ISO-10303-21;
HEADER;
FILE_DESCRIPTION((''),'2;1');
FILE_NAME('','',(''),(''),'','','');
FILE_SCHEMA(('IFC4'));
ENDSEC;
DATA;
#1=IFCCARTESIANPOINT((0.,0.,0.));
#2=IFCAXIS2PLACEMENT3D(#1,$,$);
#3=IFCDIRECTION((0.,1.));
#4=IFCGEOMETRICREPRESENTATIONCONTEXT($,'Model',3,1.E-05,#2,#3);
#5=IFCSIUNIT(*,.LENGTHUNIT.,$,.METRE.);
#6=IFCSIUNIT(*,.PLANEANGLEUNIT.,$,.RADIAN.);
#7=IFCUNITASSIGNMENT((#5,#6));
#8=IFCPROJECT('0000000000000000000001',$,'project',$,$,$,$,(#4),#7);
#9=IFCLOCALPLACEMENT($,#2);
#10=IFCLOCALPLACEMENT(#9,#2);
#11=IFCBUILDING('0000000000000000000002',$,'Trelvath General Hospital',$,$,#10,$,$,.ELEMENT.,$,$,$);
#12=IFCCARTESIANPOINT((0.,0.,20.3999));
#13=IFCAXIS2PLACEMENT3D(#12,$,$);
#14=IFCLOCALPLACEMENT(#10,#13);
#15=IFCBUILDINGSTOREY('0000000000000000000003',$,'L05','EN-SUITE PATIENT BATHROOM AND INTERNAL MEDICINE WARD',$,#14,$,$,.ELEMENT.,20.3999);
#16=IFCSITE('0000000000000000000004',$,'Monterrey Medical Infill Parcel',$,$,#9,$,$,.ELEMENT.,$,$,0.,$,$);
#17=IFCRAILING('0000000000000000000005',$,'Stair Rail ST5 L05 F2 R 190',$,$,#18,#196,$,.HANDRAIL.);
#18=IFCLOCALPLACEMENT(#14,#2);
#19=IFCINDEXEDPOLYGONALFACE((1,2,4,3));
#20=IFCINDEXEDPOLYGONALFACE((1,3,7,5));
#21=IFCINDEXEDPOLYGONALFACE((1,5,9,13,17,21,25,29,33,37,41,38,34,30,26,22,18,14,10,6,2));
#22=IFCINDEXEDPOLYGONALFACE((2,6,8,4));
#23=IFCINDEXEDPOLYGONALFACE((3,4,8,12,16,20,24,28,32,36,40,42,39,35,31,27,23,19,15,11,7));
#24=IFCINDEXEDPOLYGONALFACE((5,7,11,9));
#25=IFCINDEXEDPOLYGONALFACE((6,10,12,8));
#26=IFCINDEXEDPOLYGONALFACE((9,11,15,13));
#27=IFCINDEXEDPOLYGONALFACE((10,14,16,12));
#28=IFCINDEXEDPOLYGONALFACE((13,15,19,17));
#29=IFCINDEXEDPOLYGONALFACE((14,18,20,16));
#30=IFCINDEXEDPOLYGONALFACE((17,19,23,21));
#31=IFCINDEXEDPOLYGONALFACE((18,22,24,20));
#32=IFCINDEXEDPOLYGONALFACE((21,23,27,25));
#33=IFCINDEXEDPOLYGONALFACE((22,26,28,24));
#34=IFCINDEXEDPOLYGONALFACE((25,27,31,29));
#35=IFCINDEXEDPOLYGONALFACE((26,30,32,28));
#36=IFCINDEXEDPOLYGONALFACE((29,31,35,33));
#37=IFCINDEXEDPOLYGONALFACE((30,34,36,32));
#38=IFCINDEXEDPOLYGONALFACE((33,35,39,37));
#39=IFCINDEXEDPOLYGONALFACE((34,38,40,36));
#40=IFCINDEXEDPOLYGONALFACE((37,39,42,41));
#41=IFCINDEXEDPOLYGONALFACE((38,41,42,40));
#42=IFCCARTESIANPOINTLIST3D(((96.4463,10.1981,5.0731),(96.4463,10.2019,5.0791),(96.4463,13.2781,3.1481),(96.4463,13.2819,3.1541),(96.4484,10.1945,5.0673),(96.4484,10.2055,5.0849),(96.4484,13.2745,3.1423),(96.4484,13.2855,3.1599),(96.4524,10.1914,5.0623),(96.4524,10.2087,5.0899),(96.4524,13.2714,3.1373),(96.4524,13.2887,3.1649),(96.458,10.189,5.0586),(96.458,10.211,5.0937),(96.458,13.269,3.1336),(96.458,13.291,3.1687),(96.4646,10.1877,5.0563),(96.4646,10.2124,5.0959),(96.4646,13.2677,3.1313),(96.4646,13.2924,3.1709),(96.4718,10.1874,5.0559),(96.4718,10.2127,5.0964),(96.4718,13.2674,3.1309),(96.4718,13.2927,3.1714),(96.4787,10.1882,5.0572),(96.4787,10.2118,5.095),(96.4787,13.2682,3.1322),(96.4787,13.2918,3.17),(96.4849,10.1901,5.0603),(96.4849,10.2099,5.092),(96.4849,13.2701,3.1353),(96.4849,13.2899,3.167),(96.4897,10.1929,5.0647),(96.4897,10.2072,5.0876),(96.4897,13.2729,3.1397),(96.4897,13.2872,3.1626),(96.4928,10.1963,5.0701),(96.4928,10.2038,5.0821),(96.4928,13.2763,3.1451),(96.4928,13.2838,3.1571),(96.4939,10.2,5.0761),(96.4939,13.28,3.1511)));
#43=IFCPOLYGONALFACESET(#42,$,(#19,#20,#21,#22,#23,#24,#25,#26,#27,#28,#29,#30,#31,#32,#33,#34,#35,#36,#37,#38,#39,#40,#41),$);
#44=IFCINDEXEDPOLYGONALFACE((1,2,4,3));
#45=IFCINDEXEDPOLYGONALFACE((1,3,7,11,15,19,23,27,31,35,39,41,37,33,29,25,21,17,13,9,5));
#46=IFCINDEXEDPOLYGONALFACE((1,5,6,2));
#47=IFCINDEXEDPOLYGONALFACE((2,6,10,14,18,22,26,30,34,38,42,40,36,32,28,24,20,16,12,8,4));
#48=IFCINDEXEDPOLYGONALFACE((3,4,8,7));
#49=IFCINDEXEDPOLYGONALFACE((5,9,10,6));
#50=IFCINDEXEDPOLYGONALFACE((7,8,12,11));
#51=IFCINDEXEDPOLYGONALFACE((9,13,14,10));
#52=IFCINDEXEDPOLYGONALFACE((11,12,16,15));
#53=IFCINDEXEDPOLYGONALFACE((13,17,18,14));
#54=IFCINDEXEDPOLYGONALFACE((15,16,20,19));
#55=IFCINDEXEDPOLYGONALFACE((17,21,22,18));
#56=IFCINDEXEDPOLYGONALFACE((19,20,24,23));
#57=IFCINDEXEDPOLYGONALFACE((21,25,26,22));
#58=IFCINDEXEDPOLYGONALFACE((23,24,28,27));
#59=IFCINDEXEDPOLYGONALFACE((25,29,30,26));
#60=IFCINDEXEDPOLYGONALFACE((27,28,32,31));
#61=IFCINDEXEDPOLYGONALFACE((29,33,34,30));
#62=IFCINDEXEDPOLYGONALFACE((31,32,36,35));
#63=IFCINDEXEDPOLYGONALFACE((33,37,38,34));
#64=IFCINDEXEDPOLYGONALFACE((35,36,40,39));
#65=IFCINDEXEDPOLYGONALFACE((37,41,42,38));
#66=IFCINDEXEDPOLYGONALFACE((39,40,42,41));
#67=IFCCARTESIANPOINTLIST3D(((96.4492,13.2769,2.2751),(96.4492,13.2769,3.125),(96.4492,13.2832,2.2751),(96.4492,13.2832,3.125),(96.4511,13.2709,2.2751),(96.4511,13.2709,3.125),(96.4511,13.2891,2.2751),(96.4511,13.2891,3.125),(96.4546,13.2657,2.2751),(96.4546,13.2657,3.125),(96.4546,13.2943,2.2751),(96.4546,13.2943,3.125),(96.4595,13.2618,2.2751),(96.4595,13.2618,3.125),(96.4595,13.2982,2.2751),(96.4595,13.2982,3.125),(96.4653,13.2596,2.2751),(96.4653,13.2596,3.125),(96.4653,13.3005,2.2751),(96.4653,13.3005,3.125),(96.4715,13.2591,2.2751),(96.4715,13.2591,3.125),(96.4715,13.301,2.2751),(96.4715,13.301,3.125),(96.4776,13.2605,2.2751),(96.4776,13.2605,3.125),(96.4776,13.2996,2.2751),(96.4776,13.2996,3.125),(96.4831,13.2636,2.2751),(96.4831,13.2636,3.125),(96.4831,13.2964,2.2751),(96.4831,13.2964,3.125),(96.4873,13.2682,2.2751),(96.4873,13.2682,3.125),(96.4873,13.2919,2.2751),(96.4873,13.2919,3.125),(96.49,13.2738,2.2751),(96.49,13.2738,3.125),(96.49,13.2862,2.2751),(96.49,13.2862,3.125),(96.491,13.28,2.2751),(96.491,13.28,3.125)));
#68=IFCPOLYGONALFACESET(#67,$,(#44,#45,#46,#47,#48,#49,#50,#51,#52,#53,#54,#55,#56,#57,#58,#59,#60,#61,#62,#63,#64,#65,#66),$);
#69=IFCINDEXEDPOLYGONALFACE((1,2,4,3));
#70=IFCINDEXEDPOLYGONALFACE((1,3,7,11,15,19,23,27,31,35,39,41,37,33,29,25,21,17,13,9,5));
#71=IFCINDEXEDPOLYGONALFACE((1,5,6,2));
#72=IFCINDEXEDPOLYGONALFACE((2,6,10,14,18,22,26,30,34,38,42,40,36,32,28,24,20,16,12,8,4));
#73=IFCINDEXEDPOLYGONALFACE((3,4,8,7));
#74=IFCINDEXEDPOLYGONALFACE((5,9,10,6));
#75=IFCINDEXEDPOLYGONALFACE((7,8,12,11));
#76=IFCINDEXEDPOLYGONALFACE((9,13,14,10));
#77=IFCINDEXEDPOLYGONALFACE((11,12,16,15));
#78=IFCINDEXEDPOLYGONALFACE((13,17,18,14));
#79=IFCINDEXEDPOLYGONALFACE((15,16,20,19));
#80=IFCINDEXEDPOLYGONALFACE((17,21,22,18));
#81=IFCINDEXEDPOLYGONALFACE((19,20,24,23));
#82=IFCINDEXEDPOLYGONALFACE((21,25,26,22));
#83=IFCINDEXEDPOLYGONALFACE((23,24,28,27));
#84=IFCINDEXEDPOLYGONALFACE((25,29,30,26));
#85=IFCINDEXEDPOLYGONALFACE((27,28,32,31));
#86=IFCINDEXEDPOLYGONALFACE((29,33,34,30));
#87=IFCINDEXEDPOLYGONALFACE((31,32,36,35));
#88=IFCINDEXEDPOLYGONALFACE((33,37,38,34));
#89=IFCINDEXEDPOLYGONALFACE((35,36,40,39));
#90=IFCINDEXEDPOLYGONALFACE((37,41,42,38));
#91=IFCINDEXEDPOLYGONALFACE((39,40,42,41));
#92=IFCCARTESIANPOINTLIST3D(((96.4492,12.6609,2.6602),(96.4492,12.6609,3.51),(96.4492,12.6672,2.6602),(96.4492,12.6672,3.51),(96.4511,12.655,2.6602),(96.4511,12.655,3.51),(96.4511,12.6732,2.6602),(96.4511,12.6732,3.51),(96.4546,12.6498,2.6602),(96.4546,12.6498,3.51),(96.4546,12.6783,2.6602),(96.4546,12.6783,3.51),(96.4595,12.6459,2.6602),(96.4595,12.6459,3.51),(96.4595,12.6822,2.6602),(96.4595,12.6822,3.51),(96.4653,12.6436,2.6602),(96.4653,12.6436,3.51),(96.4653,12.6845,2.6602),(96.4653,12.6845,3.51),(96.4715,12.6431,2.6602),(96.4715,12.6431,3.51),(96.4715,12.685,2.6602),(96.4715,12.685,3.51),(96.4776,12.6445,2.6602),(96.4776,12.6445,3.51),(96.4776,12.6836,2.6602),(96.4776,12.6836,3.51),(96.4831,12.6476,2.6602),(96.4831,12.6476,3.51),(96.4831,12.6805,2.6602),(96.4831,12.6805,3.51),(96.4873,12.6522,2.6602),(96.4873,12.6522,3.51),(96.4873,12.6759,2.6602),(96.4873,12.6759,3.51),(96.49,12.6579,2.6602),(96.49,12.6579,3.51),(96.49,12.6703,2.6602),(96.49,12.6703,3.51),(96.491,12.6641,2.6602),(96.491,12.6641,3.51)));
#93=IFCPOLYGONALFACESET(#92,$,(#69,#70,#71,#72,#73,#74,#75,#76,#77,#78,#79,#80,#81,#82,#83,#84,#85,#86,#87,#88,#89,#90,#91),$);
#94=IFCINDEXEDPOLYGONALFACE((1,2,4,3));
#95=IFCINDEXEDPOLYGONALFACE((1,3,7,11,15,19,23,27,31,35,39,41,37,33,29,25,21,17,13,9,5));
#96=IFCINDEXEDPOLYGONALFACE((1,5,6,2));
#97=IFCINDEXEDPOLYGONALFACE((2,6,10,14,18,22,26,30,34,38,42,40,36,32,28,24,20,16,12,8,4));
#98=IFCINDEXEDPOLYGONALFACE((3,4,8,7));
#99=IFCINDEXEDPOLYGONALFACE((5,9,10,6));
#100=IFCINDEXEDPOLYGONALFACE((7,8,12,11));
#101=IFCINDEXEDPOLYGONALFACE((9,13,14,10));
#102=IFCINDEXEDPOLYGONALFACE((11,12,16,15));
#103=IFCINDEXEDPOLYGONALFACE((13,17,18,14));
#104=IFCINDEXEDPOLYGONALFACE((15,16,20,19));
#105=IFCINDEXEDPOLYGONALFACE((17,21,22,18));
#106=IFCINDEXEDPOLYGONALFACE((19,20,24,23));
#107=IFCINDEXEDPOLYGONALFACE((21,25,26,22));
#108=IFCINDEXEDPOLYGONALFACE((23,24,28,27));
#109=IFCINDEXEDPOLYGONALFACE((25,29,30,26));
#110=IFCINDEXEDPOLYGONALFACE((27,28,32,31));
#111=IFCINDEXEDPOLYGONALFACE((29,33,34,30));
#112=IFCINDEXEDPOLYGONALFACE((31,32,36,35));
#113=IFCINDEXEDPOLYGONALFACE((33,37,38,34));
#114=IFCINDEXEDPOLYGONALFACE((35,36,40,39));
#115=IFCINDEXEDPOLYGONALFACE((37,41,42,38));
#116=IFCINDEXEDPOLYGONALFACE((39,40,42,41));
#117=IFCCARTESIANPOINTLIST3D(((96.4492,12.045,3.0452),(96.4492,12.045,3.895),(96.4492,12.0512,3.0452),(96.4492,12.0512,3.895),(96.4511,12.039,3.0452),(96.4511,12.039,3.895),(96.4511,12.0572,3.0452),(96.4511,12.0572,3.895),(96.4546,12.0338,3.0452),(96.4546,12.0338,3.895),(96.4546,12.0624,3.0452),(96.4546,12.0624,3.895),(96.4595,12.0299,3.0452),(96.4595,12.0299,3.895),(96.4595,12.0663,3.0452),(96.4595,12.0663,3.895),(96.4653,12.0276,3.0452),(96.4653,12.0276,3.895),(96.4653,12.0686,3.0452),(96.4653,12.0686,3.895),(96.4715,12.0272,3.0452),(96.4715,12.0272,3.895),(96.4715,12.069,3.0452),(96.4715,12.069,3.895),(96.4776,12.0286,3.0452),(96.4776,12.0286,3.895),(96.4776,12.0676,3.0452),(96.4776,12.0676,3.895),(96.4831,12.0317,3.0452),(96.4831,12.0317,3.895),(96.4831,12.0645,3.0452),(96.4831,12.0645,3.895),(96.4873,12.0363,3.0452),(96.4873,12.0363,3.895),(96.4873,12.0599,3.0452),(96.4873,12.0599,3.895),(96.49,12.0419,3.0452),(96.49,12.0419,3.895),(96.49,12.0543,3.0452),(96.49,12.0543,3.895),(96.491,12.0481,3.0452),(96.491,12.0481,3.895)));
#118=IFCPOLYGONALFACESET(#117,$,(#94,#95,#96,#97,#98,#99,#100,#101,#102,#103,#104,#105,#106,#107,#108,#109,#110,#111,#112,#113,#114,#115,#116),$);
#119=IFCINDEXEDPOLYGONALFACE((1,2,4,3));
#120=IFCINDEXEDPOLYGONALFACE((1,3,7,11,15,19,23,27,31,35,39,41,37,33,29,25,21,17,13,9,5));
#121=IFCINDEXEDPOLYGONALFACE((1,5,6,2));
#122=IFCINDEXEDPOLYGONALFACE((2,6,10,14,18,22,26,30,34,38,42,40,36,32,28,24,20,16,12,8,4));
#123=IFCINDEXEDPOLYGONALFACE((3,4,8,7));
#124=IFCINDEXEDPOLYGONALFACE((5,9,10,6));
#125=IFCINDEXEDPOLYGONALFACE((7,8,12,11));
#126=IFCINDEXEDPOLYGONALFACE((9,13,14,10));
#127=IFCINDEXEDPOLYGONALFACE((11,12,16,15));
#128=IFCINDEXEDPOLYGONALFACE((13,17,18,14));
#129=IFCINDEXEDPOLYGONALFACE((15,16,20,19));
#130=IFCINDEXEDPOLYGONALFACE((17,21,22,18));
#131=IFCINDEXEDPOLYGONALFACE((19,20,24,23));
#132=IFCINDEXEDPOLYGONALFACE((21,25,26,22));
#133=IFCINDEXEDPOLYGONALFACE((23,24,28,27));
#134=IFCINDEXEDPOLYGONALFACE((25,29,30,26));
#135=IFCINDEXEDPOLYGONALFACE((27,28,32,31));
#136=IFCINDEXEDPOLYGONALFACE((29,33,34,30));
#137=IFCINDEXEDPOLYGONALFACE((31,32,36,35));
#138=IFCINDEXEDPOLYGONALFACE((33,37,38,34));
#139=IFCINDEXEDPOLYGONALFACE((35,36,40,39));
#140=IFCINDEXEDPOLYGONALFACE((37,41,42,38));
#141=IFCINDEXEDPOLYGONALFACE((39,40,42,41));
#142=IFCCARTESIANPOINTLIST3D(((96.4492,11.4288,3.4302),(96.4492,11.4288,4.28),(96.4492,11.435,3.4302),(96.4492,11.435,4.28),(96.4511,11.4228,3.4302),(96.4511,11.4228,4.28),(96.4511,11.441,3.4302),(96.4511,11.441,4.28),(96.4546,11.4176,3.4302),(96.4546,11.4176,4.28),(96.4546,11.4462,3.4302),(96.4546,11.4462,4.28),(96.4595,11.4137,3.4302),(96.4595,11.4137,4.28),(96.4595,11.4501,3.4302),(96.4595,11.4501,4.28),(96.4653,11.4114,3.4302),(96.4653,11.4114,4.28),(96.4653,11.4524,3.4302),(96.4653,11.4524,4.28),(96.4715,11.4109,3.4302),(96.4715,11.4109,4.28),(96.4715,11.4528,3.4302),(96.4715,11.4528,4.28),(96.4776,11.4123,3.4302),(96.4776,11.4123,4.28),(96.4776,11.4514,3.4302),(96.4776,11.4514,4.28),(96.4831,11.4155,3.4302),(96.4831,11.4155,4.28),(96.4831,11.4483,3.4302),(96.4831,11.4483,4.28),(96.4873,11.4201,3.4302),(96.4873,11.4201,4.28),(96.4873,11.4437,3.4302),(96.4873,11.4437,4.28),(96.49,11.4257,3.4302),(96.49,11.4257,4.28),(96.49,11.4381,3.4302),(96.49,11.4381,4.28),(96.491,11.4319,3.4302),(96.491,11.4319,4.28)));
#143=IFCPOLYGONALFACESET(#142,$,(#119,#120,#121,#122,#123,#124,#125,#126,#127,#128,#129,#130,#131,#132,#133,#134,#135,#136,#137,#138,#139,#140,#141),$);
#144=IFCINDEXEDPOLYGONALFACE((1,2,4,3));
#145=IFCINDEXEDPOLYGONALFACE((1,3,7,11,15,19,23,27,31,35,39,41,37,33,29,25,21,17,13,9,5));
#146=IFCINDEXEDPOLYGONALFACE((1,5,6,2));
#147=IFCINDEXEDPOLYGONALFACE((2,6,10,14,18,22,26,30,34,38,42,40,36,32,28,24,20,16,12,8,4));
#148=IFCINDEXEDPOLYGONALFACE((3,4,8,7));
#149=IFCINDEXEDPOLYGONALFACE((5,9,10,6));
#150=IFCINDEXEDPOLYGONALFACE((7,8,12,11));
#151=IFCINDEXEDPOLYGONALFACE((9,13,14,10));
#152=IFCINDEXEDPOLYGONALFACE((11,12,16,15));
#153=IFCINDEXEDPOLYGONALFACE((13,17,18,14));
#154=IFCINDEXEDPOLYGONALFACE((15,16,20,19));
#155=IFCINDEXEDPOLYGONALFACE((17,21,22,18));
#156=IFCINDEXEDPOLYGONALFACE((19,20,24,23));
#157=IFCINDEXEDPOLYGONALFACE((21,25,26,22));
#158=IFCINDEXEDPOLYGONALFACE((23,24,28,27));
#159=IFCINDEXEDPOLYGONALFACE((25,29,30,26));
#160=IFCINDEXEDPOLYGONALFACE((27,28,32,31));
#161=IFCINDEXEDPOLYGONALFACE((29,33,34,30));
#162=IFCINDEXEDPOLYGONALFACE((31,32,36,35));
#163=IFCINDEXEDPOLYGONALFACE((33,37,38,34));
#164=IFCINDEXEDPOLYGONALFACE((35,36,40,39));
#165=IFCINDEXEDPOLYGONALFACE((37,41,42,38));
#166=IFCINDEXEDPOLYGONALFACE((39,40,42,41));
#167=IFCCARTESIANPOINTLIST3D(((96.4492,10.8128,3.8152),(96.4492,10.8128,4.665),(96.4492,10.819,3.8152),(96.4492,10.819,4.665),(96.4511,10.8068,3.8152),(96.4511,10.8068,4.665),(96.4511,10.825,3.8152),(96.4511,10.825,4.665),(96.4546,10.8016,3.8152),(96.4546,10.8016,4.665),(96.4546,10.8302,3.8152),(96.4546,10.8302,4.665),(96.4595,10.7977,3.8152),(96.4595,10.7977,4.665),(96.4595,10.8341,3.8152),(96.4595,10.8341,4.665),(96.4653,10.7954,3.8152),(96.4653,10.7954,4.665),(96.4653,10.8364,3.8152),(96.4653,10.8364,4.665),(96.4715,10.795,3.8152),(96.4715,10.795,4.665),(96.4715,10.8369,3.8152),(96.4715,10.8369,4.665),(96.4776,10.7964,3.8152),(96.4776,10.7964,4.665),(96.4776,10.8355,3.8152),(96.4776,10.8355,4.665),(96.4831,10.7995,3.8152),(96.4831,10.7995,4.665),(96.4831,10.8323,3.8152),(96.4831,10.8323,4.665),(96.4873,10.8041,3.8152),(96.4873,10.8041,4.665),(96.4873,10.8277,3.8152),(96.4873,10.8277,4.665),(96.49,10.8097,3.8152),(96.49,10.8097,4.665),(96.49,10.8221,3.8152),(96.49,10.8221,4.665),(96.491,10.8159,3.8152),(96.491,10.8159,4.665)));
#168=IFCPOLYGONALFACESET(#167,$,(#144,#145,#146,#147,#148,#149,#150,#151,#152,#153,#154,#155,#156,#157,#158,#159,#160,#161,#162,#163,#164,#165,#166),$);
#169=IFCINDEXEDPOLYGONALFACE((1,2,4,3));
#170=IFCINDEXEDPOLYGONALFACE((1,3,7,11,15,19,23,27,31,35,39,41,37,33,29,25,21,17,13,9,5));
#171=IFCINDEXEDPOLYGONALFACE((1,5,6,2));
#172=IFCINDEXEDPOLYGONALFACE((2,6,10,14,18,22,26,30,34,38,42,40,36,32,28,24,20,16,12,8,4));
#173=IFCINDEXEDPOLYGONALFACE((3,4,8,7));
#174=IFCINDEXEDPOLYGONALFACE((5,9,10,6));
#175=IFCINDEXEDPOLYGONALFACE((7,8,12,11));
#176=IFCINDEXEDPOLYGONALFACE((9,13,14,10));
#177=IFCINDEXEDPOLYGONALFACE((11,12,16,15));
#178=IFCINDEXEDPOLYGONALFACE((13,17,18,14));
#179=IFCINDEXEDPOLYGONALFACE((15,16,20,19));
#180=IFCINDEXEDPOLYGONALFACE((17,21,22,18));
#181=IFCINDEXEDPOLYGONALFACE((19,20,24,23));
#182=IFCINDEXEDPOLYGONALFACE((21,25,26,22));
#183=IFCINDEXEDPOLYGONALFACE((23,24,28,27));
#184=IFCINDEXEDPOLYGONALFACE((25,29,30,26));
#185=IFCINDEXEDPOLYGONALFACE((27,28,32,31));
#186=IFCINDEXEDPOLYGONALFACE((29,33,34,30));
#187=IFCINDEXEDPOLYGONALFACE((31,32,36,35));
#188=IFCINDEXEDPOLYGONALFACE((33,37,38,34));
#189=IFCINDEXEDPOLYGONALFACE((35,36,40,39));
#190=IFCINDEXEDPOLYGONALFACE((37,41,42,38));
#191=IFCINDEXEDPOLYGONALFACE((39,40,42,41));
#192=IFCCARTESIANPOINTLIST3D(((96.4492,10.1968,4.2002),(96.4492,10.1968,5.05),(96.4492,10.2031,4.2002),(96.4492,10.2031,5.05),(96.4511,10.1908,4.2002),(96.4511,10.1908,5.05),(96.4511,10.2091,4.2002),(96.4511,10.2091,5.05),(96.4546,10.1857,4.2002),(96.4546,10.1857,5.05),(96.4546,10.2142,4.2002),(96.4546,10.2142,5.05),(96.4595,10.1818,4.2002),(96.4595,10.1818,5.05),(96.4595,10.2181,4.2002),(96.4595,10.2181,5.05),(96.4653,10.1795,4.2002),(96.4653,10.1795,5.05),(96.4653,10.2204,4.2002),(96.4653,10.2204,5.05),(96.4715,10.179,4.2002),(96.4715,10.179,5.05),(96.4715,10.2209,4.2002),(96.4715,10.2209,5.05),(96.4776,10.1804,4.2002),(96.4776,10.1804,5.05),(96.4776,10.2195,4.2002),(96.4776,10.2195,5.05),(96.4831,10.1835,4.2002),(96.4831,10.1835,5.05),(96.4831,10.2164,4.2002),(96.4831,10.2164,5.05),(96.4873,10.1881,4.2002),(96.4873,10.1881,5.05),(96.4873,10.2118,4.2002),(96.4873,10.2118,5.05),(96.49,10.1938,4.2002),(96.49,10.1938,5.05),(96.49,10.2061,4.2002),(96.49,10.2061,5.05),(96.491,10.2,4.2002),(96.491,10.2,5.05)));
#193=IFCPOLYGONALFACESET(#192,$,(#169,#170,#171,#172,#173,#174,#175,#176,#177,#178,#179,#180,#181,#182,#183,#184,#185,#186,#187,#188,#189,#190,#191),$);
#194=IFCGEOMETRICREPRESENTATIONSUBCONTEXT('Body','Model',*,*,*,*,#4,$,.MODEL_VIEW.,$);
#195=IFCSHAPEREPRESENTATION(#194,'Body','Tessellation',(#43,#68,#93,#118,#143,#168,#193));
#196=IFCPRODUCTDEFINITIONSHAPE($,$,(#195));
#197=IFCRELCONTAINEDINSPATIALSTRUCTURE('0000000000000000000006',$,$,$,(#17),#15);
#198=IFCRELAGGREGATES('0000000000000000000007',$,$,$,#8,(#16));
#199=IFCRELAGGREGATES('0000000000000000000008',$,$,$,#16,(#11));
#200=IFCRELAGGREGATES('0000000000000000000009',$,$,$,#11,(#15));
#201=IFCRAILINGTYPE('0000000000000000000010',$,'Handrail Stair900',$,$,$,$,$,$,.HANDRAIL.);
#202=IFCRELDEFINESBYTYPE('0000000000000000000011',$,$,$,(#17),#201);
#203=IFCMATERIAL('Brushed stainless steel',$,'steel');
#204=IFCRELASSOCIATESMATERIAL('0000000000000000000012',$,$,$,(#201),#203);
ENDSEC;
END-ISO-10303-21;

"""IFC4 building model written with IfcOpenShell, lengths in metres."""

from ifc_helpers import new_model, si_unit, direction, frame, origin, origin_2d, place, context, subcontext, project, spatial, circle, extrude, material, type_object, element, save


model = new_model("IFC4")

# Units and contexts
model_context = context("Model", 3, precision=1e-05, world=origin(), true_north=direction((0.0, 1.0)))
body_context = subcontext(model_context, "Body", "Model", "MODEL_VIEW")
ifc_project = project(units=[si_unit("LENGTHUNIT", "METRE"), si_unit("PLANEANGLEUNIT", "RADIAN")], contexts=[model_context])

# Site, building, storey
site_placement = place(None, origin())
site = spatial("IfcSite", under=ifc_project, at=site_placement, Name="Monterrey Medical Infill Parcel", CompositionType="ELEMENT", RefElevation=0.0)
building_placement = place(site_placement, origin())
building = spatial("IfcBuilding", under=site, at=building_placement, Name="Trelvath General Hospital", CompositionType="ELEMENT")
storey_placement = place(building_placement, frame((0.0, 0.0, 20.3999)))
storey = spatial("IfcBuildingStorey", under=building, at=storey_placement, Name="L05", Description="EN-SUITE PATIENT BATHROOM AND INTERNAL MEDICINE WARD", CompositionType="ELEMENT", Elevation=20.3999)

# Railing
ifc_material_1 = material(Name="Brushed stainless steel", Category="steel")
railing_type_1 = type_object("IfcRailingType", Name="Handrail Stair900", PredefinedType="HANDRAIL", material=ifc_material_1)
railing_1_placement = place(storey_placement, frame((96.47, 13.28, 2.2751)))
element("IfcRailing", 1, at=railing_1_placement, inside=storey, type_object=railing_type_1, Name="Stair Rail ST5 L05 F2 R 190", PredefinedType="HANDRAIL", context=body_context, shape_type="SweptSolid", body=[
    extrude(circle(Radius=0.0239, at=origin_2d()), frame((0.0, 0.0, 0.876), z_axis=(0.0, -0.847998, 0.529999), x_axis=(1.0, 0.0, 0.0)), (0.0, 0.0, 1.0), 3.6321),
    extrude(circle(Radius=0.021, at=origin_2d()), origin(), (0.0, 0.0, 1.0), 0.8499),
    extrude(circle(Radius=0.021, at=origin_2d()), frame((0.0, -0.616, 0.385)), (0.0, 0.0, 1.0), 0.8499),
    extrude(circle(Radius=0.021, at=origin_2d()), frame((0.0, -1.2319, 0.77)), (0.0, 0.0, 1.0), 0.8499),
    extrude(circle(Radius=0.021, at=origin_2d()), frame((0.0, -1.8481, 1.155)), (0.0, 0.0, 1.0), 0.8499),
    extrude(circle(Radius=0.021, at=origin_2d()), frame((0.0, -2.4641, 1.54)), (0.0, 0.0, 1.0), 0.8499),
    extrude(circle(Radius=0.021, at=origin_2d()), frame((0.0, -3.0801, 1.925)), (0.0, 0.0, 1.0), 0.8499),
])

save(model, "model.ifc")
